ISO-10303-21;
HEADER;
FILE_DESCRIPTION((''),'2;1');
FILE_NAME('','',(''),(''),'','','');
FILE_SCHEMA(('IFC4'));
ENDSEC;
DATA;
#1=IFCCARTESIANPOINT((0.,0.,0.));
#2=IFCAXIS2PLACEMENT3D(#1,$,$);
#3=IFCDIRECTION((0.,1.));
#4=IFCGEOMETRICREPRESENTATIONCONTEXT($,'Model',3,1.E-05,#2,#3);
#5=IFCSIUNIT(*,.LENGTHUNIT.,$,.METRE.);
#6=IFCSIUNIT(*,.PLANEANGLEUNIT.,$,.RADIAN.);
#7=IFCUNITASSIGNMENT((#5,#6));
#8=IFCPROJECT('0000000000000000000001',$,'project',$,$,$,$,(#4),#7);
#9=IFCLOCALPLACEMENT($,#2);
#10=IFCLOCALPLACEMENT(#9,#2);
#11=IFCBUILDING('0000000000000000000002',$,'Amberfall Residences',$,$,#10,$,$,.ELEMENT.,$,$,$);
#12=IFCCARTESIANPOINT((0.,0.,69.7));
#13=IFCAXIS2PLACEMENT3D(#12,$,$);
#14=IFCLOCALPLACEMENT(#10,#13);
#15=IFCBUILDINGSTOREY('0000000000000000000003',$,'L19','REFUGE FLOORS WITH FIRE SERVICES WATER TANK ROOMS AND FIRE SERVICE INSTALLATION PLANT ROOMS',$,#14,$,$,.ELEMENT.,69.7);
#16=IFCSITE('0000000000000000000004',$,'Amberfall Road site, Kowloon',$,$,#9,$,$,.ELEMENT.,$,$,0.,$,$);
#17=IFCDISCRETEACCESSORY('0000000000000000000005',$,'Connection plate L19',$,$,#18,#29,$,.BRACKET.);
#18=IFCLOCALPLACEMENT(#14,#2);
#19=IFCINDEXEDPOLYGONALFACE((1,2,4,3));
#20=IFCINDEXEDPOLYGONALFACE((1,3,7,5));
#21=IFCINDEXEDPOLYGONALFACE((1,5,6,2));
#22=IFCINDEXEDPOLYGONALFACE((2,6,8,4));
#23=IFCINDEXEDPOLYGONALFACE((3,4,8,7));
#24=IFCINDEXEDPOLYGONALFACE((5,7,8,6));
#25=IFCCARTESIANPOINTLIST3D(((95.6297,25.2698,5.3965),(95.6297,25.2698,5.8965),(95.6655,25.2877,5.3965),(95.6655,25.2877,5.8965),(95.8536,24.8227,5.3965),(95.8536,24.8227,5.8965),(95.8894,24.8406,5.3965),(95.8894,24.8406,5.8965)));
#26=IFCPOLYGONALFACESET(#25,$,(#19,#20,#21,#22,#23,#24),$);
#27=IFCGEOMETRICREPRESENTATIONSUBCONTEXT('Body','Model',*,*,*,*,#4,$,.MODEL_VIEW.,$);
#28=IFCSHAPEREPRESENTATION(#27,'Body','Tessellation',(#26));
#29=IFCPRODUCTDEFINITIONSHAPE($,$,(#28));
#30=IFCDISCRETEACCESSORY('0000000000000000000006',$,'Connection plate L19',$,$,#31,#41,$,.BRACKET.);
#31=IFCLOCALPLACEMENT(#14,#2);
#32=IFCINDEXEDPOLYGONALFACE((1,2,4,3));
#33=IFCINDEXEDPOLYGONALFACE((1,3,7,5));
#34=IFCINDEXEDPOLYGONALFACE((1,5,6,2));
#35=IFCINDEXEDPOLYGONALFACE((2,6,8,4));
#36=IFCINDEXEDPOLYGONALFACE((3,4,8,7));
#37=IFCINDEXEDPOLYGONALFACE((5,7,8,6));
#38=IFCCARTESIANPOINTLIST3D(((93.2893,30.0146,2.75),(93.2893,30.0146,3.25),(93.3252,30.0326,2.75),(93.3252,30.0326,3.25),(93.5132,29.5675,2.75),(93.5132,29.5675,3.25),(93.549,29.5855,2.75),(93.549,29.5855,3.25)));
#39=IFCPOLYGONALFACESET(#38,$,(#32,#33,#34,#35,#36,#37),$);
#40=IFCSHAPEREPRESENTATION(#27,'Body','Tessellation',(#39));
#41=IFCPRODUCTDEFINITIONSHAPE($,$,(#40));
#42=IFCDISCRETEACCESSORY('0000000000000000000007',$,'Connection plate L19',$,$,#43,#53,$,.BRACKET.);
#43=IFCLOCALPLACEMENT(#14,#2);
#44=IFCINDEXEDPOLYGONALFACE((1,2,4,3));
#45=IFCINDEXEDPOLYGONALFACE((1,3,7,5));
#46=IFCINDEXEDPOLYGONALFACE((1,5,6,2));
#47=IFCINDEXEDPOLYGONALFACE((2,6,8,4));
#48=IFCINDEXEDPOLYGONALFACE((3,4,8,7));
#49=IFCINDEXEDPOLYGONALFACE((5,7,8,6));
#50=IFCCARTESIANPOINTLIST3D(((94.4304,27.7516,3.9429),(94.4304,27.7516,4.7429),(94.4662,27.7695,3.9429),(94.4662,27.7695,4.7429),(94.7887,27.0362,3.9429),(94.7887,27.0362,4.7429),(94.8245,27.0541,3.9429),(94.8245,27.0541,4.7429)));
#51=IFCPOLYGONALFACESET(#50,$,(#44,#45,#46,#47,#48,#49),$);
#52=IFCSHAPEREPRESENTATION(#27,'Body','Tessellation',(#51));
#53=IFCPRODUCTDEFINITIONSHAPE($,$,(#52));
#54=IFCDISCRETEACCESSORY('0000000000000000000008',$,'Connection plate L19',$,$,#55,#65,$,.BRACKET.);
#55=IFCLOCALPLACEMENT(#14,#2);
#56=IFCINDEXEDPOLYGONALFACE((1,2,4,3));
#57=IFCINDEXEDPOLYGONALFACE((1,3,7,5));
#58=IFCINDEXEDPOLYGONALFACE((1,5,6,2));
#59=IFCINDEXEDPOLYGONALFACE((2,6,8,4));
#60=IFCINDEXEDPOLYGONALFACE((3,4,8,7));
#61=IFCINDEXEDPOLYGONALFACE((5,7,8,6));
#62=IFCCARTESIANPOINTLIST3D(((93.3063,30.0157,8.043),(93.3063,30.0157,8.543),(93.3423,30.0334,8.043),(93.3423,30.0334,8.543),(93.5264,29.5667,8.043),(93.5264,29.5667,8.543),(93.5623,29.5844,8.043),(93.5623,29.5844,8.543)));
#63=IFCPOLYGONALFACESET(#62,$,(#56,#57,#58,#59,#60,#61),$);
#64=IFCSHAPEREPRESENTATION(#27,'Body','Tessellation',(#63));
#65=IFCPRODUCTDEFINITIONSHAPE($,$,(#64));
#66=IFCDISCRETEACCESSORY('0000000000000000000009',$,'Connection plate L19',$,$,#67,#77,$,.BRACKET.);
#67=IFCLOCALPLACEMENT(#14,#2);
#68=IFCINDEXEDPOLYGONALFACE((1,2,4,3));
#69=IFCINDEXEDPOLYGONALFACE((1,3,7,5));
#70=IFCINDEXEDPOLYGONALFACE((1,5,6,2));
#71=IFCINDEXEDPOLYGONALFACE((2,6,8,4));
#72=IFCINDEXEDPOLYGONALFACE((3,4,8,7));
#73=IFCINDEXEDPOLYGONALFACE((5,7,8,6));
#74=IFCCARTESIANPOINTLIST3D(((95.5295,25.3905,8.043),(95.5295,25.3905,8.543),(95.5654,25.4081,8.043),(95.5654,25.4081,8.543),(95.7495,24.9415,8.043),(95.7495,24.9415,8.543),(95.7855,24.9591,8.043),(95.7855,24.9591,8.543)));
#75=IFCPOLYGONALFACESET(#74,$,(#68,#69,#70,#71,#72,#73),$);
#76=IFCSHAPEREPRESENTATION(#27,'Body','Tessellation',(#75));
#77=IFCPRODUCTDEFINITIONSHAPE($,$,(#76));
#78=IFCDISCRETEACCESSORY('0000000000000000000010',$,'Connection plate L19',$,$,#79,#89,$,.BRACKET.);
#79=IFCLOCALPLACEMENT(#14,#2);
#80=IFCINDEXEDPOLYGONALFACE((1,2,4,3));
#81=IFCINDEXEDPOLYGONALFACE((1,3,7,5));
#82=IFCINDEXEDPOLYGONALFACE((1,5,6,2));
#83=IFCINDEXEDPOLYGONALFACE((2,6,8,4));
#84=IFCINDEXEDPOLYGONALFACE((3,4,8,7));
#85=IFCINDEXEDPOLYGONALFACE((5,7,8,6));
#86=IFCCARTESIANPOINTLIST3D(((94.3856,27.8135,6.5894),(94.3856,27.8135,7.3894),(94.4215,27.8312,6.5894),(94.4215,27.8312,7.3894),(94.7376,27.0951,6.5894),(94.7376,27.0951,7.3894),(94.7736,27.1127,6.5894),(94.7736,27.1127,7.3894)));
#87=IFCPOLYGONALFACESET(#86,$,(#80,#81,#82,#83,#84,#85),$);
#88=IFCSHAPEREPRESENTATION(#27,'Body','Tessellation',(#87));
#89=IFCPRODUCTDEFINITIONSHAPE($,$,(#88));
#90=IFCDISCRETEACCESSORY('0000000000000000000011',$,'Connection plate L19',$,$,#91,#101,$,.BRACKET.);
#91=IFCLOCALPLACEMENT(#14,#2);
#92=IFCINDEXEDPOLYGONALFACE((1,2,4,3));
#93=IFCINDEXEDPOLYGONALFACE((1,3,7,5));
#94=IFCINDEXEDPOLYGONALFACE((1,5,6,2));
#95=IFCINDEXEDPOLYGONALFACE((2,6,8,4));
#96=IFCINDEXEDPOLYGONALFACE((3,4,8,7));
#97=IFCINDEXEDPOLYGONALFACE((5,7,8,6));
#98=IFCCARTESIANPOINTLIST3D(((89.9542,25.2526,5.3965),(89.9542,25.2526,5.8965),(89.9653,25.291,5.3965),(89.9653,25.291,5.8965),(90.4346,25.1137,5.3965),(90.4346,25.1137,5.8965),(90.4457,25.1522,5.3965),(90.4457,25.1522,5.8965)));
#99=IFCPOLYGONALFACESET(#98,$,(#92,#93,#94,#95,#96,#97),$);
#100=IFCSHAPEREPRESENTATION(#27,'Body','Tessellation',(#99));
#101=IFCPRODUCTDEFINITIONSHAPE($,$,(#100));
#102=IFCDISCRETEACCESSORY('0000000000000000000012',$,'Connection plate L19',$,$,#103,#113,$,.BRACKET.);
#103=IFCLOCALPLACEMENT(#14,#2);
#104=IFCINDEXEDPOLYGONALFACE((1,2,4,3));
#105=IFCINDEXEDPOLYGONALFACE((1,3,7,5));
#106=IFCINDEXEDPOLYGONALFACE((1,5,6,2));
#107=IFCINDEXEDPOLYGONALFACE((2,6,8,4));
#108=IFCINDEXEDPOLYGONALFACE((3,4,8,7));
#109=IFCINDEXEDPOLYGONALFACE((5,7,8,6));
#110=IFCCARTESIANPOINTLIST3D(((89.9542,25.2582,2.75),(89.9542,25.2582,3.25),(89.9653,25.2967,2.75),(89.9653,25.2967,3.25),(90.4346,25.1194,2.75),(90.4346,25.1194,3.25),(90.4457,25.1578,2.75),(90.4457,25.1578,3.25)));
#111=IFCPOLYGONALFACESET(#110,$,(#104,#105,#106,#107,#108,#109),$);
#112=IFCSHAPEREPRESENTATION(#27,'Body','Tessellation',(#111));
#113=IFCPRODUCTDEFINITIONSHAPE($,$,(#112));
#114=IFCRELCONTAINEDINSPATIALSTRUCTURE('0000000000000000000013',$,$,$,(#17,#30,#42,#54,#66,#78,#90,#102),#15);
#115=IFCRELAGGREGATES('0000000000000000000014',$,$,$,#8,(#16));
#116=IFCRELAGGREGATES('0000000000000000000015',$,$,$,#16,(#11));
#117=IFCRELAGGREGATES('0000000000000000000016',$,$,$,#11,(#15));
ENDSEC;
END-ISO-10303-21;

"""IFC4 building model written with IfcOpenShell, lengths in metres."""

from ifc_helpers import new_model, si_unit, direction, frame, origin, origin_2d, place, context, subcontext, project, spatial, rectangle, extrude, element, save


model = new_model("IFC4")

# Units and contexts
model_context = context("Model", 3, precision=1e-05, world=origin(), true_north=direction((0.0, 1.0)))
body_context = subcontext(model_context, "Body", "Model", "MODEL_VIEW")
ifc_project = project(units=[si_unit("LENGTHUNIT", "METRE"), si_unit("PLANEANGLEUNIT", "RADIAN")], contexts=[model_context])

# Site, building, storey
site_placement = place(None, origin())
site = spatial("IfcSite", under=ifc_project, at=site_placement, Name="Amberfall Road site, Kowloon", CompositionType="ELEMENT", RefElevation=0.0)
building_placement = place(site_placement, origin())
building = spatial("IfcBuilding", under=site, at=building_placement, Name="Amberfall Residences", CompositionType="ELEMENT")
storey_placement = place(building_placement, frame((0.0, 0.0, 69.7)))
storey = spatial("IfcBuildingStorey", under=building, at=storey_placement, Name="L19", Description="REFUGE FLOORS WITH FIRE SERVICES WATER TANK ROOMS AND FIRE SERVICE INSTALLATION PLANT ROOMS", CompositionType="ELEMENT", Elevation=69.7)

# Discrete accessories
for number, where, z_axis, x_axis, name in (
    (1, (95.7595, 25.0552, 5.3965), (0.0, 0.0, 1.0), (-0.447759, 0.894154, 0.0), "Connection plate L19"),
    (2, (93.4192, 29.8, 2.75), (0.0, 0.0, 1.0), (-0.447759, 0.894154, 0.0), "Connection plate L19"),
):
    element("IfcDiscreteAccessory", number, at=place(storey_placement, frame(where, z_axis=z_axis, x_axis=x_axis)), inside=storey, Name=name, PredefinedType="BRACKET", context=body_context, shape_type="SweptSolid", body=[
        extrude(rectangle(XDim=0.5, YDim=0.04, at=origin_2d()), origin(), (0.0, 0.0, 1.0), 0.5),
    ])
discrete_accessory_1_placement = place(storey_placement, frame((94.6274, 27.4028, 3.9429), z_axis=(0.0, 0.0, 1.0), x_axis=(-0.447759, 0.894154, 0.0)))
element("IfcDiscreteAccessory", 3, at=discrete_accessory_1_placement, inside=storey, Name="Connection plate L19", PredefinedType="BRACKET", context=body_context, shape_type="SweptSolid", body=[
    extrude(rectangle(XDim=0.8, YDim=0.04, at=origin_2d()), origin(), (0.0, 0.0, 1.0), 0.8),
])
for number, where, z_axis, x_axis, name in (
    (4, (93.4343, 29.8, 8.043), (0.0, 0.0, 1.0), (-0.440033, 0.897982, 0.0), "Connection plate L19"),
    (5, (95.6575, 25.1748, 8.043), (0.0, 0.0, 1.0), (-0.440033, 0.897982, 0.0), "Connection plate L19"),
):
    element("IfcDiscreteAccessory", number, at=place(storey_placement, frame(where, z_axis=z_axis, x_axis=x_axis)), inside=storey, Name=name, PredefinedType="BRACKET", context=body_context, shape_type="SweptSolid", body=[
        extrude(rectangle(XDim=0.5, YDim=0.04, at=origin_2d()), origin(), (0.0, 0.0, 1.0), 0.5),
    ])
discrete_accessory_2_placement = place(storey_placement, frame((94.5796, 27.4631, 6.5894), z_axis=(0.0, 0.0, 1.0), x_axis=(-0.440033, 0.897982, 0.0)))
element("IfcDiscreteAccessory", 6, at=discrete_accessory_2_placement, inside=storey, Name="Connection plate L19", PredefinedType="BRACKET", context=body_context, shape_type="SweptSolid", body=[
    extrude(rectangle(XDim=0.8, YDim=0.04, at=origin_2d()), origin(), (0.0, 0.0, 1.0), 0.8),
])
for number, where, z_axis, x_axis, name in (
    (7, (90.2, 25.2024, 5.3965), (0.0, 0.0, 1.0), (-0.960677, 0.277667, 0.0), "Connection plate L19"),
    (8, (90.2, 25.208, 2.75), (0.0, 0.0, 1.0), (-0.960677, 0.277667, 0.0), "Connection plate L19"),
):
    element("IfcDiscreteAccessory", number, at=place(storey_placement, frame(where, z_axis=z_axis, x_axis=x_axis)), inside=storey, Name=name, PredefinedType="BRACKET", context=body_context, shape_type="SweptSolid", body=[
        extrude(rectangle(XDim=0.5, YDim=0.04, at=origin_2d()), origin(), (0.0, 0.0, 1.0), 0.5),
    ])

save(model, "model.ifc")
